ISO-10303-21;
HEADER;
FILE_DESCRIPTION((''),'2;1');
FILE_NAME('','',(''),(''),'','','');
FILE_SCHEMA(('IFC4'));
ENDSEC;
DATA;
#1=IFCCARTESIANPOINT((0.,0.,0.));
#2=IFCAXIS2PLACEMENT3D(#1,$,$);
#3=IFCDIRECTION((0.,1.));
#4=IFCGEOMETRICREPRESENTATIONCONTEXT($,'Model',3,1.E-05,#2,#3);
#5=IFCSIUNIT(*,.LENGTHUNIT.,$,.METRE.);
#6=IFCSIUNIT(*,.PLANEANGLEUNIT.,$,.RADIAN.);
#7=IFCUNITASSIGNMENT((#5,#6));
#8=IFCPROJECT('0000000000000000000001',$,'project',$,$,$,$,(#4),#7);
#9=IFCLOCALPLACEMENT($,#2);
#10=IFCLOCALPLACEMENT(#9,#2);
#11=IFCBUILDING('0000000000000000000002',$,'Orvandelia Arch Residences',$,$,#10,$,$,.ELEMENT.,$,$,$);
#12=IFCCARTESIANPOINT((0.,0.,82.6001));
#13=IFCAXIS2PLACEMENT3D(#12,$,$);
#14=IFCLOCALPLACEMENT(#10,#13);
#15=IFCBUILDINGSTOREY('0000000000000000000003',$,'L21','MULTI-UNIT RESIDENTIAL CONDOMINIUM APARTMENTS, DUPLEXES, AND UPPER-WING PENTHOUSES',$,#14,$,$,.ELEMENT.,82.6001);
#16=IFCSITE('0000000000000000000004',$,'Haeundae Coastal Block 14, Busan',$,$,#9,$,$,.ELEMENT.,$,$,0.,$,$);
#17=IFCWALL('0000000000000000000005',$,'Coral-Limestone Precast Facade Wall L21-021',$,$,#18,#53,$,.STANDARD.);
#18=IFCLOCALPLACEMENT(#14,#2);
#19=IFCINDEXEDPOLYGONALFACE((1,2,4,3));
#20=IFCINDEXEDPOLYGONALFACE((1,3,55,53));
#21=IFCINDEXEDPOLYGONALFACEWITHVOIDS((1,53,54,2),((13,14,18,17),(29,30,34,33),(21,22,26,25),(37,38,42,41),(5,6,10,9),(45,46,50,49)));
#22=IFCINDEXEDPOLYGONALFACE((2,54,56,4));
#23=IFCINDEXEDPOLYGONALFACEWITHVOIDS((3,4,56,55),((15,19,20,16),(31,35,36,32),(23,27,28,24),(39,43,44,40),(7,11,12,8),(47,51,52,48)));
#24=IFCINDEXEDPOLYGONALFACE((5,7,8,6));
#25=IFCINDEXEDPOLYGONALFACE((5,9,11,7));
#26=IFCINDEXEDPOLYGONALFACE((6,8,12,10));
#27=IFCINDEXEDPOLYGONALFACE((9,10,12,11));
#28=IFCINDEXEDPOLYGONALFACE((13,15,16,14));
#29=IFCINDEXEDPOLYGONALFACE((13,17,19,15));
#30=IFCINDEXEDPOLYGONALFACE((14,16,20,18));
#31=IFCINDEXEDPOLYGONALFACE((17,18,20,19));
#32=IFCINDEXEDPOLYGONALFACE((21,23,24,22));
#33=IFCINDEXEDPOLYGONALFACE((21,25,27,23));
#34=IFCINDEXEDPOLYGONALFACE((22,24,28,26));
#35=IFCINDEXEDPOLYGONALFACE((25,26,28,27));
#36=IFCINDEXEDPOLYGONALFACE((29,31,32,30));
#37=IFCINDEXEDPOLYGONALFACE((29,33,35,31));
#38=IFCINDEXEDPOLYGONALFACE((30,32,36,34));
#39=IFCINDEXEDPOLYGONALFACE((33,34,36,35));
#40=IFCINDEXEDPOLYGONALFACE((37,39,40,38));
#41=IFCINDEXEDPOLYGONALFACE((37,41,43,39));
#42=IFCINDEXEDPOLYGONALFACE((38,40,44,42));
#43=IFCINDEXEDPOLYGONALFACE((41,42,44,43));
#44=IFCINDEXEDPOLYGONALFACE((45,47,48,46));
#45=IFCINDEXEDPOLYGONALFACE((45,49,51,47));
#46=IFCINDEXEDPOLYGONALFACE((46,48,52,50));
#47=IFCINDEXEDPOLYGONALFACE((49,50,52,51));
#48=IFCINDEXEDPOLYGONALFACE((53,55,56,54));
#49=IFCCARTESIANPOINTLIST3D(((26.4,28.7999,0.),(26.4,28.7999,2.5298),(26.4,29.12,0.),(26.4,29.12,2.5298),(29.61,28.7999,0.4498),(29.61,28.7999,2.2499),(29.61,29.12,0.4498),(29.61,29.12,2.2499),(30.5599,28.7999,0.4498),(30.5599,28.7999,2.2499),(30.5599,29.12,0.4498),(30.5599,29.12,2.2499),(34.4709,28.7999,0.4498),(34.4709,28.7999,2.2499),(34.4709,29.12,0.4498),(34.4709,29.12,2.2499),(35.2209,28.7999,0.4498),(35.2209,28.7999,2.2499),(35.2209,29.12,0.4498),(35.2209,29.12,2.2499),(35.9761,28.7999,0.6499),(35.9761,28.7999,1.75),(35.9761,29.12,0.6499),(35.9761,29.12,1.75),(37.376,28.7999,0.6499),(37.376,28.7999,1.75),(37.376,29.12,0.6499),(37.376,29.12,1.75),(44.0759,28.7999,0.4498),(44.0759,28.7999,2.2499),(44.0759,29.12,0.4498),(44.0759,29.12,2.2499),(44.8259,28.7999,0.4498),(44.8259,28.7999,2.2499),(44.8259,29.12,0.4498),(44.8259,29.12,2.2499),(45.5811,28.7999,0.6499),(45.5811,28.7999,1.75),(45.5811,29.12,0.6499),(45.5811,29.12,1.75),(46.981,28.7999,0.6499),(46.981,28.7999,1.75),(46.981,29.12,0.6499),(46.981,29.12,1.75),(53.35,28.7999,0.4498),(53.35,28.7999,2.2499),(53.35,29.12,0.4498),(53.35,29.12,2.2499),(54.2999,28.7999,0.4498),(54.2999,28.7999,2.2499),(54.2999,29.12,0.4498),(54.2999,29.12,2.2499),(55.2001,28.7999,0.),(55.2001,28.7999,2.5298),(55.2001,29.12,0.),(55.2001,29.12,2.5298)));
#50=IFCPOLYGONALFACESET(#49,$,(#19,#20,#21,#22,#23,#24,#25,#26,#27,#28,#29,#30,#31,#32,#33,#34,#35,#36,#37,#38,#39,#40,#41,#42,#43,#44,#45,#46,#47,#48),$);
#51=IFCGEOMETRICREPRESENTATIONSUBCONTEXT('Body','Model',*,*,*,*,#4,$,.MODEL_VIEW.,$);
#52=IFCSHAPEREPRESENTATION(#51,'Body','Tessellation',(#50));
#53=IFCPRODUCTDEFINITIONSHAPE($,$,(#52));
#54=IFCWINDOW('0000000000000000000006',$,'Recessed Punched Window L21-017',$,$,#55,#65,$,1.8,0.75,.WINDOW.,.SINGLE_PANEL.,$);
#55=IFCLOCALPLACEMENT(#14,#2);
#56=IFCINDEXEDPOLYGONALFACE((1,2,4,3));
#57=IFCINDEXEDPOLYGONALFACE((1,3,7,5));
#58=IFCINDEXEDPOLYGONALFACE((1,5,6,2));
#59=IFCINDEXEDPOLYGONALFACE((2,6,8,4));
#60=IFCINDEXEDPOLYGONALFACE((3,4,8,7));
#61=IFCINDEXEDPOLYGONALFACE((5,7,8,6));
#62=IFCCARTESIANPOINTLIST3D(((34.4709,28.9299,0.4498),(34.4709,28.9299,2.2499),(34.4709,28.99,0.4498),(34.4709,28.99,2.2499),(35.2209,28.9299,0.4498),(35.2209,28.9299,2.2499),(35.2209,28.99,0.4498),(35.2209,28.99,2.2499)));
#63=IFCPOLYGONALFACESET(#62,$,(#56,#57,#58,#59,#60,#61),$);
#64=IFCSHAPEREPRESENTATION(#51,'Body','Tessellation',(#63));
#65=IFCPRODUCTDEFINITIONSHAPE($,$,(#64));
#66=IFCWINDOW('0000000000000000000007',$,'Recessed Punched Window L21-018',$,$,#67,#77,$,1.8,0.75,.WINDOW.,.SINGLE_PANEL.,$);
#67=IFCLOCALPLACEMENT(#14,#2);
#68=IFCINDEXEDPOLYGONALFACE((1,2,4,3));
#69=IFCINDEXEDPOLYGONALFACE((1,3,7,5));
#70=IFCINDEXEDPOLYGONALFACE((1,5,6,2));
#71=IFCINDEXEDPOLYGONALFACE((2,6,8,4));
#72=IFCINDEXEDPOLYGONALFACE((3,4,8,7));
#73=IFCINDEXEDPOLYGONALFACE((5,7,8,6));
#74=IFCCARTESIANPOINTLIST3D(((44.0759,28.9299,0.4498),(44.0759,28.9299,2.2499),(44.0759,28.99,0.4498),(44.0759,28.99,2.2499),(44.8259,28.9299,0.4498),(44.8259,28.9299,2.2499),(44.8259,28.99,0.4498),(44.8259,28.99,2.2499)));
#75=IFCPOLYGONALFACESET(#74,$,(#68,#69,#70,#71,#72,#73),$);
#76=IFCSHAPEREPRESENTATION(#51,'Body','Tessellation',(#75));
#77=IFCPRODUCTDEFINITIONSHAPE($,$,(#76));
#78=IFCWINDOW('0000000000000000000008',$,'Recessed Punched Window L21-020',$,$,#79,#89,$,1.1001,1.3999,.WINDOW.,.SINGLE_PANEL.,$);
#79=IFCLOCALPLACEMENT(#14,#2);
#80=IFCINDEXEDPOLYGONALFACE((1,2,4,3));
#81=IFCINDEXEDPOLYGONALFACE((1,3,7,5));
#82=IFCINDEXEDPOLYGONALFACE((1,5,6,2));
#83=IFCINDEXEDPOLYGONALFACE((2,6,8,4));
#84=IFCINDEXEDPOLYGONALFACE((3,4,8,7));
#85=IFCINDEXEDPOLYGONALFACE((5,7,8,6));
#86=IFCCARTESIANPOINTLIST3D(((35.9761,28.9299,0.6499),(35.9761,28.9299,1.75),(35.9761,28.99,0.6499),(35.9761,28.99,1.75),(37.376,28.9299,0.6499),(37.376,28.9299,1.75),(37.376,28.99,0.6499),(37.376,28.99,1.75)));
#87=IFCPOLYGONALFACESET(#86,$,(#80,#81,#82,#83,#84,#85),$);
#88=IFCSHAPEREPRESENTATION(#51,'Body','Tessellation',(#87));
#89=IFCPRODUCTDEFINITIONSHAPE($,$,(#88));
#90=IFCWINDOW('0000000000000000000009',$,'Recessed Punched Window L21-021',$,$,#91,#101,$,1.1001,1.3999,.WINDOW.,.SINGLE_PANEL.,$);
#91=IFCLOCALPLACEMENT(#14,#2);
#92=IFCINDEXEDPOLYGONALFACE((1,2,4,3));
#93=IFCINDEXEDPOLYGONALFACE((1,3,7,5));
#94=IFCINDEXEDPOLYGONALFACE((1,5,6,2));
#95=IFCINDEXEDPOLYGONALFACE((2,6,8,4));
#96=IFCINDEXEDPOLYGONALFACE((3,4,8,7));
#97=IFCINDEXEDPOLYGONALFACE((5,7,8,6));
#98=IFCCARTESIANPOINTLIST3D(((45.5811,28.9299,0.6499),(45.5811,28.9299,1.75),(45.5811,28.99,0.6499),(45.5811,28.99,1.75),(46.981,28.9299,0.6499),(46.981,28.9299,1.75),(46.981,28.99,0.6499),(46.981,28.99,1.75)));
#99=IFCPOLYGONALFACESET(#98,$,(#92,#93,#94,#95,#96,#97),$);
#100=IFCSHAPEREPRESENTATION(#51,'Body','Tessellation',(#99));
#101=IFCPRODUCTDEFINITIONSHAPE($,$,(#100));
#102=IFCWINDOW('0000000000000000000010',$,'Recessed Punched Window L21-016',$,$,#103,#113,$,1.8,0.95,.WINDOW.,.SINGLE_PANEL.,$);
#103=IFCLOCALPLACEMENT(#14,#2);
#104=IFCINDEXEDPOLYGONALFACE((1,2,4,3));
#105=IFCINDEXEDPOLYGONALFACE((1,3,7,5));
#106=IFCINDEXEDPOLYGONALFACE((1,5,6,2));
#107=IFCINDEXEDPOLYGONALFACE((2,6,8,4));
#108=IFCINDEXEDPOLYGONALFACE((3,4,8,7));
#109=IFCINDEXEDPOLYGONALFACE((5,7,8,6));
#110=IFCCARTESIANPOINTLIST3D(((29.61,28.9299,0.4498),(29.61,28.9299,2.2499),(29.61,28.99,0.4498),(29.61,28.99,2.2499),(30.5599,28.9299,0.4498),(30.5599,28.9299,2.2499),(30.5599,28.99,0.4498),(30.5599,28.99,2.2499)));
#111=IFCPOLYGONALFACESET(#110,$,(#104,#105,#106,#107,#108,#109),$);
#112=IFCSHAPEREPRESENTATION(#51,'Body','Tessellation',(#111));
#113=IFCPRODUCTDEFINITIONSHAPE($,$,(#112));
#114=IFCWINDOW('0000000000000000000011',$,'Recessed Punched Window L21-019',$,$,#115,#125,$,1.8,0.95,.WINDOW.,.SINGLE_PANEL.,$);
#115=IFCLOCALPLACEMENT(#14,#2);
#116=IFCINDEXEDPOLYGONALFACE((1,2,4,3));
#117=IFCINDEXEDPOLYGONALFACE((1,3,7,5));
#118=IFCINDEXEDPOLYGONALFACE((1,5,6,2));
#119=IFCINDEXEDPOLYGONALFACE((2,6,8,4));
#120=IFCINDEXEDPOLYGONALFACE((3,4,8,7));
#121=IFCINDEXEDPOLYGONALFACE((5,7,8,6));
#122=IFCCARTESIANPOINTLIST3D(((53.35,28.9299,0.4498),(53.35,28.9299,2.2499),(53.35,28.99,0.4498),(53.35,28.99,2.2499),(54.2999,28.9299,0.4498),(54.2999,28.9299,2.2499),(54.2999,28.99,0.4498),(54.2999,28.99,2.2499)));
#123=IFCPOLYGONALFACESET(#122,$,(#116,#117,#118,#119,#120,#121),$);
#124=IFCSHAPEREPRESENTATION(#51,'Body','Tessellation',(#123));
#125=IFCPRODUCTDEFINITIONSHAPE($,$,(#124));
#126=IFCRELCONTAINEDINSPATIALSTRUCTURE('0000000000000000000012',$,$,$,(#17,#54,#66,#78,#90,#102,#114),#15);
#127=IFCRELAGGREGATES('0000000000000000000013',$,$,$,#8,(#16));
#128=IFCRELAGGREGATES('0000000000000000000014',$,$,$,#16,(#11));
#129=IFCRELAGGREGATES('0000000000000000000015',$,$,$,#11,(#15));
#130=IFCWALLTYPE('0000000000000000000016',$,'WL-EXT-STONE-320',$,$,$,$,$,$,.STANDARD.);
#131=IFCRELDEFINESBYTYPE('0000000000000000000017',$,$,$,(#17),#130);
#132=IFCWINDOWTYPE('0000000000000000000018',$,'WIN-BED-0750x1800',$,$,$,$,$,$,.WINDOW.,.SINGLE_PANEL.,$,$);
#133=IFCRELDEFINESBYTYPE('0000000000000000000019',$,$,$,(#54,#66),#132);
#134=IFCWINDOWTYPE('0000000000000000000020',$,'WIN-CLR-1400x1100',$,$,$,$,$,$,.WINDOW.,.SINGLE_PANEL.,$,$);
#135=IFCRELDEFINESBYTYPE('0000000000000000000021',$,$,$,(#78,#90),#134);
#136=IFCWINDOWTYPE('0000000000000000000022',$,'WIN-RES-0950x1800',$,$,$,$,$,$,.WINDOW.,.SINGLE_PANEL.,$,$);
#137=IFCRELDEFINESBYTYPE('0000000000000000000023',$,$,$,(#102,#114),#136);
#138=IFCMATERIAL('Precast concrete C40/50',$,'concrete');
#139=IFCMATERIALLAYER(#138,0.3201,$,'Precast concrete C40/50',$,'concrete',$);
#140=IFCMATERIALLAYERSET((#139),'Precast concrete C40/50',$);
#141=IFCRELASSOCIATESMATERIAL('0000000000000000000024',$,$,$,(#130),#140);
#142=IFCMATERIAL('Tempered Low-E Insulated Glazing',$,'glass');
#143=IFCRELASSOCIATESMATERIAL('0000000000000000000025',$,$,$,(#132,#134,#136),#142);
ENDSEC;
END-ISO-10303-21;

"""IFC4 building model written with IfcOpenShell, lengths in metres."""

from ifc_helpers import new_model, si_unit, direction, frame, frame_2d, origin, place, context, subcontext, project, spatial, rectangle, extrude, material, layer, layer_set, type_object, element, fill, save


model = new_model("IFC4")

# Units and contexts
model_context = context("Model", 3, precision=1e-05, world=origin(), true_north=direction((0.0, 1.0)))
body_context = subcontext(model_context, "Body", "Model", "MODEL_VIEW")
ifc_project = project(units=[si_unit("LENGTHUNIT", "METRE"), si_unit("PLANEANGLEUNIT", "RADIAN")], contexts=[model_context])

# Site, building, storey
site_placement = place(None, origin())
site = spatial("IfcSite", under=ifc_project, at=site_placement, Name="Haeundae Coastal Block 14, Busan", CompositionType="ELEMENT", RefElevation=0.0)
building_placement = place(site_placement, origin())
building = spatial("IfcBuilding", under=site, at=building_placement, Name="Orvandelia Arch Residences", CompositionType="ELEMENT")
storey_placement = place(building_placement, frame((0.0, 0.0, 82.6001)))
storey = spatial("IfcBuildingStorey", under=building, at=storey_placement, Name="L21", Description="MULTI-UNIT RESIDENTIAL CONDOMINIUM APARTMENTS, DUPLEXES, AND UPPER-WING PENTHOUSES", CompositionType="ELEMENT", Elevation=82.6001)

# Shared definitions
ifc_material_1 = material(Name="Precast concrete C40/50", Category="concrete")
ifc_layer_1 = layer(ifc_material_1, 0.3201, Name="Precast concrete C40/50", Category="concrete")
ifc_layer_set_1 = layer_set([ifc_layer_1], Name="Precast concrete C40/50")
wall_type_1 = type_object("IfcWallType", Name="WL-EXT-STONE-320", PredefinedType="STANDARD", material=ifc_layer_set_1)

# Wall, openings, windows
wall_1_placement = place(storey_placement, frame((55.2, 28.96, 0.0), z_axis=(0.0, 0.0, 1.0), x_axis=(-1.0, 0.0, 0.0)))
wall_1 = element("IfcWall", 1, at=wall_1_placement, inside=storey, type_object=wall_type_1, Name="Coral-Limestone Precast Facade Wall L21-021", PredefinedType="STANDARD", context=body_context, shape_type="SweptSolid", body=[
    extrude(rectangle(XDim=28.8, YDim=0.3201, at=frame_2d((14.3999, 0.0))), origin(), (0.0, 0.0, 1.0), 2.5298),
])
opening_1_placement = place(wall_1_placement, frame((24.6399, 0.0, 0.45)))
opening_1 = element("IfcOpeningElement", 2, at=opening_1_placement, cuts=wall_1, PredefinedType="OPENING", context=body_context, shape_type="SweptSolid", body=[
    extrude(rectangle(XDim=0.95, YDim=1.8, at=frame_2d((0.4751, 0.8999))), frame((0.0, 0.1699, 0.0), z_axis=(0.0, -1.0, 0.0), x_axis=(1.0, 0.0, 0.0)), (0.0, 0.0, 1.0), 0.3401),
])
opening_2_placement = place(wall_1_placement, frame((19.979, 0.0, 0.45)))
opening_2 = element("IfcOpeningElement", 3, at=opening_2_placement, cuts=wall_1, PredefinedType="OPENING", context=body_context, shape_type="SweptSolid", body=[
    extrude(rectangle(XDim=0.75, YDim=1.8, at=frame_2d((0.375, 0.8999))), frame((0.0, 0.1699, 0.0), z_axis=(0.0, -1.0, 0.0), x_axis=(1.0, 0.0, 0.0)), (0.0, 0.0, 1.0), 0.3401),
])
opening_3_placement = place(wall_1_placement, frame((10.374, 0.0, 0.45)))
opening_3 = element("IfcOpeningElement", 4, at=opening_3_placement, cuts=wall_1, PredefinedType="OPENING", context=body_context, shape_type="SweptSolid", body=[
    extrude(rectangle(XDim=0.75, YDim=1.8, at=frame_2d((0.375, 0.8999))), frame((0.0, 0.1699, 0.0), z_axis=(0.0, -1.0, 0.0), x_axis=(1.0, 0.0, 0.0)), (0.0, 0.0, 1.0), 0.3401),
])
opening_4_placement = place(wall_1_placement, frame((0.8999, 0.0, 0.45)))
opening_4 = element("IfcOpeningElement", 5, at=opening_4_placement, cuts=wall_1, PredefinedType="OPENING", context=body_context, shape_type="SweptSolid", body=[
    extrude(rectangle(XDim=0.95, YDim=1.8, at=frame_2d((0.4751, 0.8999))), frame((0.0, 0.1699, 0.0), z_axis=(0.0, -1.0, 0.0), x_axis=(1.0, 0.0, 0.0)), (0.0, 0.0, 1.0), 0.3401),
])
opening_5_placement = place(wall_1_placement, frame((17.824, 0.0, 0.6499)))
opening_5 = element("IfcOpeningElement", 6, at=opening_5_placement, cuts=wall_1, PredefinedType="OPENING", context=body_context, shape_type="SweptSolid", body=[
    extrude(rectangle(XDim=1.3999, YDim=1.1001, at=frame_2d((0.7, 0.55))), frame((0.0, 0.1699, 0.0), z_axis=(0.0, -1.0, 0.0), x_axis=(1.0, 0.0, 0.0)), (0.0, 0.0, 1.0), 0.3401),
])
opening_6_placement = place(wall_1_placement, frame((8.219, 0.0, 0.6499)))
opening_6 = element("IfcOpeningElement", 7, at=opening_6_placement, cuts=wall_1, PredefinedType="OPENING", context=body_context, shape_type="SweptSolid", body=[
    extrude(rectangle(XDim=1.3999, YDim=1.1001, at=frame_2d((0.7, 0.55))), frame((0.0, 0.1699, 0.0), z_axis=(0.0, -1.0, 0.0), x_axis=(1.0, 0.0, 0.0)), (0.0, 0.0, 1.0), 0.3401),
])
ifc_material_2 = material(Name="Tempered Low-E Insulated Glazing", Category="glass")
window_type_1 = type_object("IfcWindowType", Name="WIN-BED-0750x1800", PartitioningType="SINGLE_PANEL", PredefinedType="WINDOW", material=ifc_material_2)
window_1_placement = place(opening_2_placement, origin())
window_1 = element("IfcWindow", 8, at=window_1_placement, inside=storey, type_object=window_type_1, Name="Recessed Punched Window L21-017", OverallHeight=1.8, OverallWidth=0.75, PartitioningType="SINGLE_PANEL", PredefinedType="WINDOW", context=body_context, shape_type="SweptSolid", body=[
    extrude(rectangle(XDim=0.75, YDim=1.8, at=frame_2d((0.375, 0.8999))), frame((0.0, 0.03, 0.0), z_axis=(0.0, -1.0, 0.0), x_axis=(1.0, 0.0, 0.0)), (0.0, 0.0, 1.0), 0.0601),
])
fill(opening_2, window_1)
window_2_placement = place(opening_3_placement, origin())
window_2 = element("IfcWindow", 9, at=window_2_placement, inside=storey, type_object=window_type_1, Name="Recessed Punched Window L21-018", OverallHeight=1.8, OverallWidth=0.75, PartitioningType="SINGLE_PANEL", PredefinedType="WINDOW", context=body_context, shape_type="SweptSolid", body=[
    extrude(rectangle(XDim=0.75, YDim=1.8, at=frame_2d((0.375, 0.8999))), frame((0.0, 0.03, 0.0), z_axis=(0.0, -1.0, 0.0), x_axis=(1.0, 0.0, 0.0)), (0.0, 0.0, 1.0), 0.0601),
])
fill(opening_3, window_2)
window_type_2 = type_object("IfcWindowType", Name="WIN-CLR-1400x1100", PartitioningType="SINGLE_PANEL", PredefinedType="WINDOW", material=ifc_material_2)
window_3_placement = place(opening_5_placement, origin())
window_3 = element("IfcWindow", 10, at=window_3_placement, inside=storey, type_object=window_type_2, Name="Recessed Punched Window L21-020", OverallHeight=1.1001, OverallWidth=1.3999, PartitioningType="SINGLE_PANEL", PredefinedType="WINDOW", context=body_context, shape_type="SweptSolid", body=[
    extrude(rectangle(XDim=1.3999, YDim=1.1001, at=frame_2d((0.7, 0.55))), frame((0.0, 0.03, 0.0), z_axis=(0.0, -1.0, 0.0), x_axis=(1.0, 0.0, 0.0)), (0.0, 0.0, 1.0), 0.0601),
])
fill(opening_5, window_3)
window_4_placement = place(opening_6_placement, origin())
window_4 = element("IfcWindow", 11, at=window_4_placement, inside=storey, type_object=window_type_2, Name="Recessed Punched Window L21-021", OverallHeight=1.1001, OverallWidth=1.3999, PartitioningType="SINGLE_PANEL", PredefinedType="WINDOW", context=body_context, shape_type="SweptSolid", body=[
    extrude(rectangle(XDim=1.3999, YDim=1.1001, at=frame_2d((0.7, 0.55))), frame((0.0, 0.03, 0.0), z_axis=(0.0, -1.0, 0.0), x_axis=(1.0, 0.0, 0.0)), (0.0, 0.0, 1.0), 0.0601),
])
fill(opening_6, window_4)
window_type_3 = type_object("IfcWindowType", Name="WIN-RES-0950x1800", PartitioningType="SINGLE_PANEL", PredefinedType="WINDOW", material=ifc_material_2)
window_5_placement = place(opening_1_placement, origin())
window_5 = element("IfcWindow", 12, at=window_5_placement, inside=storey, type_object=window_type_3, Name="Recessed Punched Window L21-016", OverallHeight=1.8, OverallWidth=0.95, PartitioningType="SINGLE_PANEL", PredefinedType="WINDOW", context=body_context, shape_type="SweptSolid", body=[
    extrude(rectangle(XDim=0.95, YDim=1.8, at=frame_2d((0.4751, 0.8999))), frame((0.0, 0.03, 0.0), z_axis=(0.0, -1.0, 0.0), x_axis=(1.0, 0.0, 0.0)), (0.0, 0.0, 1.0), 0.0601),
])
fill(opening_1, window_5)
window_6_placement = place(opening_4_placement, origin())
window_6 = element("IfcWindow", 13, at=window_6_placement, inside=storey, type_object=window_type_3, Name="Recessed Punched Window L21-019", OverallHeight=1.8, OverallWidth=0.95, PartitioningType="SINGLE_PANEL", PredefinedType="WINDOW", context=body_context, shape_type="SweptSolid", body=[
    extrude(rectangle(XDim=0.95, YDim=1.8, at=frame_2d((0.4751, 0.8999))), frame((0.0, 0.03, 0.0), z_axis=(0.0, -1.0, 0.0), x_axis=(1.0, 0.0, 0.0)), (0.0, 0.0, 1.0), 0.0601),
])
fill(opening_4, window_6)

save(model, "model.ifc")
